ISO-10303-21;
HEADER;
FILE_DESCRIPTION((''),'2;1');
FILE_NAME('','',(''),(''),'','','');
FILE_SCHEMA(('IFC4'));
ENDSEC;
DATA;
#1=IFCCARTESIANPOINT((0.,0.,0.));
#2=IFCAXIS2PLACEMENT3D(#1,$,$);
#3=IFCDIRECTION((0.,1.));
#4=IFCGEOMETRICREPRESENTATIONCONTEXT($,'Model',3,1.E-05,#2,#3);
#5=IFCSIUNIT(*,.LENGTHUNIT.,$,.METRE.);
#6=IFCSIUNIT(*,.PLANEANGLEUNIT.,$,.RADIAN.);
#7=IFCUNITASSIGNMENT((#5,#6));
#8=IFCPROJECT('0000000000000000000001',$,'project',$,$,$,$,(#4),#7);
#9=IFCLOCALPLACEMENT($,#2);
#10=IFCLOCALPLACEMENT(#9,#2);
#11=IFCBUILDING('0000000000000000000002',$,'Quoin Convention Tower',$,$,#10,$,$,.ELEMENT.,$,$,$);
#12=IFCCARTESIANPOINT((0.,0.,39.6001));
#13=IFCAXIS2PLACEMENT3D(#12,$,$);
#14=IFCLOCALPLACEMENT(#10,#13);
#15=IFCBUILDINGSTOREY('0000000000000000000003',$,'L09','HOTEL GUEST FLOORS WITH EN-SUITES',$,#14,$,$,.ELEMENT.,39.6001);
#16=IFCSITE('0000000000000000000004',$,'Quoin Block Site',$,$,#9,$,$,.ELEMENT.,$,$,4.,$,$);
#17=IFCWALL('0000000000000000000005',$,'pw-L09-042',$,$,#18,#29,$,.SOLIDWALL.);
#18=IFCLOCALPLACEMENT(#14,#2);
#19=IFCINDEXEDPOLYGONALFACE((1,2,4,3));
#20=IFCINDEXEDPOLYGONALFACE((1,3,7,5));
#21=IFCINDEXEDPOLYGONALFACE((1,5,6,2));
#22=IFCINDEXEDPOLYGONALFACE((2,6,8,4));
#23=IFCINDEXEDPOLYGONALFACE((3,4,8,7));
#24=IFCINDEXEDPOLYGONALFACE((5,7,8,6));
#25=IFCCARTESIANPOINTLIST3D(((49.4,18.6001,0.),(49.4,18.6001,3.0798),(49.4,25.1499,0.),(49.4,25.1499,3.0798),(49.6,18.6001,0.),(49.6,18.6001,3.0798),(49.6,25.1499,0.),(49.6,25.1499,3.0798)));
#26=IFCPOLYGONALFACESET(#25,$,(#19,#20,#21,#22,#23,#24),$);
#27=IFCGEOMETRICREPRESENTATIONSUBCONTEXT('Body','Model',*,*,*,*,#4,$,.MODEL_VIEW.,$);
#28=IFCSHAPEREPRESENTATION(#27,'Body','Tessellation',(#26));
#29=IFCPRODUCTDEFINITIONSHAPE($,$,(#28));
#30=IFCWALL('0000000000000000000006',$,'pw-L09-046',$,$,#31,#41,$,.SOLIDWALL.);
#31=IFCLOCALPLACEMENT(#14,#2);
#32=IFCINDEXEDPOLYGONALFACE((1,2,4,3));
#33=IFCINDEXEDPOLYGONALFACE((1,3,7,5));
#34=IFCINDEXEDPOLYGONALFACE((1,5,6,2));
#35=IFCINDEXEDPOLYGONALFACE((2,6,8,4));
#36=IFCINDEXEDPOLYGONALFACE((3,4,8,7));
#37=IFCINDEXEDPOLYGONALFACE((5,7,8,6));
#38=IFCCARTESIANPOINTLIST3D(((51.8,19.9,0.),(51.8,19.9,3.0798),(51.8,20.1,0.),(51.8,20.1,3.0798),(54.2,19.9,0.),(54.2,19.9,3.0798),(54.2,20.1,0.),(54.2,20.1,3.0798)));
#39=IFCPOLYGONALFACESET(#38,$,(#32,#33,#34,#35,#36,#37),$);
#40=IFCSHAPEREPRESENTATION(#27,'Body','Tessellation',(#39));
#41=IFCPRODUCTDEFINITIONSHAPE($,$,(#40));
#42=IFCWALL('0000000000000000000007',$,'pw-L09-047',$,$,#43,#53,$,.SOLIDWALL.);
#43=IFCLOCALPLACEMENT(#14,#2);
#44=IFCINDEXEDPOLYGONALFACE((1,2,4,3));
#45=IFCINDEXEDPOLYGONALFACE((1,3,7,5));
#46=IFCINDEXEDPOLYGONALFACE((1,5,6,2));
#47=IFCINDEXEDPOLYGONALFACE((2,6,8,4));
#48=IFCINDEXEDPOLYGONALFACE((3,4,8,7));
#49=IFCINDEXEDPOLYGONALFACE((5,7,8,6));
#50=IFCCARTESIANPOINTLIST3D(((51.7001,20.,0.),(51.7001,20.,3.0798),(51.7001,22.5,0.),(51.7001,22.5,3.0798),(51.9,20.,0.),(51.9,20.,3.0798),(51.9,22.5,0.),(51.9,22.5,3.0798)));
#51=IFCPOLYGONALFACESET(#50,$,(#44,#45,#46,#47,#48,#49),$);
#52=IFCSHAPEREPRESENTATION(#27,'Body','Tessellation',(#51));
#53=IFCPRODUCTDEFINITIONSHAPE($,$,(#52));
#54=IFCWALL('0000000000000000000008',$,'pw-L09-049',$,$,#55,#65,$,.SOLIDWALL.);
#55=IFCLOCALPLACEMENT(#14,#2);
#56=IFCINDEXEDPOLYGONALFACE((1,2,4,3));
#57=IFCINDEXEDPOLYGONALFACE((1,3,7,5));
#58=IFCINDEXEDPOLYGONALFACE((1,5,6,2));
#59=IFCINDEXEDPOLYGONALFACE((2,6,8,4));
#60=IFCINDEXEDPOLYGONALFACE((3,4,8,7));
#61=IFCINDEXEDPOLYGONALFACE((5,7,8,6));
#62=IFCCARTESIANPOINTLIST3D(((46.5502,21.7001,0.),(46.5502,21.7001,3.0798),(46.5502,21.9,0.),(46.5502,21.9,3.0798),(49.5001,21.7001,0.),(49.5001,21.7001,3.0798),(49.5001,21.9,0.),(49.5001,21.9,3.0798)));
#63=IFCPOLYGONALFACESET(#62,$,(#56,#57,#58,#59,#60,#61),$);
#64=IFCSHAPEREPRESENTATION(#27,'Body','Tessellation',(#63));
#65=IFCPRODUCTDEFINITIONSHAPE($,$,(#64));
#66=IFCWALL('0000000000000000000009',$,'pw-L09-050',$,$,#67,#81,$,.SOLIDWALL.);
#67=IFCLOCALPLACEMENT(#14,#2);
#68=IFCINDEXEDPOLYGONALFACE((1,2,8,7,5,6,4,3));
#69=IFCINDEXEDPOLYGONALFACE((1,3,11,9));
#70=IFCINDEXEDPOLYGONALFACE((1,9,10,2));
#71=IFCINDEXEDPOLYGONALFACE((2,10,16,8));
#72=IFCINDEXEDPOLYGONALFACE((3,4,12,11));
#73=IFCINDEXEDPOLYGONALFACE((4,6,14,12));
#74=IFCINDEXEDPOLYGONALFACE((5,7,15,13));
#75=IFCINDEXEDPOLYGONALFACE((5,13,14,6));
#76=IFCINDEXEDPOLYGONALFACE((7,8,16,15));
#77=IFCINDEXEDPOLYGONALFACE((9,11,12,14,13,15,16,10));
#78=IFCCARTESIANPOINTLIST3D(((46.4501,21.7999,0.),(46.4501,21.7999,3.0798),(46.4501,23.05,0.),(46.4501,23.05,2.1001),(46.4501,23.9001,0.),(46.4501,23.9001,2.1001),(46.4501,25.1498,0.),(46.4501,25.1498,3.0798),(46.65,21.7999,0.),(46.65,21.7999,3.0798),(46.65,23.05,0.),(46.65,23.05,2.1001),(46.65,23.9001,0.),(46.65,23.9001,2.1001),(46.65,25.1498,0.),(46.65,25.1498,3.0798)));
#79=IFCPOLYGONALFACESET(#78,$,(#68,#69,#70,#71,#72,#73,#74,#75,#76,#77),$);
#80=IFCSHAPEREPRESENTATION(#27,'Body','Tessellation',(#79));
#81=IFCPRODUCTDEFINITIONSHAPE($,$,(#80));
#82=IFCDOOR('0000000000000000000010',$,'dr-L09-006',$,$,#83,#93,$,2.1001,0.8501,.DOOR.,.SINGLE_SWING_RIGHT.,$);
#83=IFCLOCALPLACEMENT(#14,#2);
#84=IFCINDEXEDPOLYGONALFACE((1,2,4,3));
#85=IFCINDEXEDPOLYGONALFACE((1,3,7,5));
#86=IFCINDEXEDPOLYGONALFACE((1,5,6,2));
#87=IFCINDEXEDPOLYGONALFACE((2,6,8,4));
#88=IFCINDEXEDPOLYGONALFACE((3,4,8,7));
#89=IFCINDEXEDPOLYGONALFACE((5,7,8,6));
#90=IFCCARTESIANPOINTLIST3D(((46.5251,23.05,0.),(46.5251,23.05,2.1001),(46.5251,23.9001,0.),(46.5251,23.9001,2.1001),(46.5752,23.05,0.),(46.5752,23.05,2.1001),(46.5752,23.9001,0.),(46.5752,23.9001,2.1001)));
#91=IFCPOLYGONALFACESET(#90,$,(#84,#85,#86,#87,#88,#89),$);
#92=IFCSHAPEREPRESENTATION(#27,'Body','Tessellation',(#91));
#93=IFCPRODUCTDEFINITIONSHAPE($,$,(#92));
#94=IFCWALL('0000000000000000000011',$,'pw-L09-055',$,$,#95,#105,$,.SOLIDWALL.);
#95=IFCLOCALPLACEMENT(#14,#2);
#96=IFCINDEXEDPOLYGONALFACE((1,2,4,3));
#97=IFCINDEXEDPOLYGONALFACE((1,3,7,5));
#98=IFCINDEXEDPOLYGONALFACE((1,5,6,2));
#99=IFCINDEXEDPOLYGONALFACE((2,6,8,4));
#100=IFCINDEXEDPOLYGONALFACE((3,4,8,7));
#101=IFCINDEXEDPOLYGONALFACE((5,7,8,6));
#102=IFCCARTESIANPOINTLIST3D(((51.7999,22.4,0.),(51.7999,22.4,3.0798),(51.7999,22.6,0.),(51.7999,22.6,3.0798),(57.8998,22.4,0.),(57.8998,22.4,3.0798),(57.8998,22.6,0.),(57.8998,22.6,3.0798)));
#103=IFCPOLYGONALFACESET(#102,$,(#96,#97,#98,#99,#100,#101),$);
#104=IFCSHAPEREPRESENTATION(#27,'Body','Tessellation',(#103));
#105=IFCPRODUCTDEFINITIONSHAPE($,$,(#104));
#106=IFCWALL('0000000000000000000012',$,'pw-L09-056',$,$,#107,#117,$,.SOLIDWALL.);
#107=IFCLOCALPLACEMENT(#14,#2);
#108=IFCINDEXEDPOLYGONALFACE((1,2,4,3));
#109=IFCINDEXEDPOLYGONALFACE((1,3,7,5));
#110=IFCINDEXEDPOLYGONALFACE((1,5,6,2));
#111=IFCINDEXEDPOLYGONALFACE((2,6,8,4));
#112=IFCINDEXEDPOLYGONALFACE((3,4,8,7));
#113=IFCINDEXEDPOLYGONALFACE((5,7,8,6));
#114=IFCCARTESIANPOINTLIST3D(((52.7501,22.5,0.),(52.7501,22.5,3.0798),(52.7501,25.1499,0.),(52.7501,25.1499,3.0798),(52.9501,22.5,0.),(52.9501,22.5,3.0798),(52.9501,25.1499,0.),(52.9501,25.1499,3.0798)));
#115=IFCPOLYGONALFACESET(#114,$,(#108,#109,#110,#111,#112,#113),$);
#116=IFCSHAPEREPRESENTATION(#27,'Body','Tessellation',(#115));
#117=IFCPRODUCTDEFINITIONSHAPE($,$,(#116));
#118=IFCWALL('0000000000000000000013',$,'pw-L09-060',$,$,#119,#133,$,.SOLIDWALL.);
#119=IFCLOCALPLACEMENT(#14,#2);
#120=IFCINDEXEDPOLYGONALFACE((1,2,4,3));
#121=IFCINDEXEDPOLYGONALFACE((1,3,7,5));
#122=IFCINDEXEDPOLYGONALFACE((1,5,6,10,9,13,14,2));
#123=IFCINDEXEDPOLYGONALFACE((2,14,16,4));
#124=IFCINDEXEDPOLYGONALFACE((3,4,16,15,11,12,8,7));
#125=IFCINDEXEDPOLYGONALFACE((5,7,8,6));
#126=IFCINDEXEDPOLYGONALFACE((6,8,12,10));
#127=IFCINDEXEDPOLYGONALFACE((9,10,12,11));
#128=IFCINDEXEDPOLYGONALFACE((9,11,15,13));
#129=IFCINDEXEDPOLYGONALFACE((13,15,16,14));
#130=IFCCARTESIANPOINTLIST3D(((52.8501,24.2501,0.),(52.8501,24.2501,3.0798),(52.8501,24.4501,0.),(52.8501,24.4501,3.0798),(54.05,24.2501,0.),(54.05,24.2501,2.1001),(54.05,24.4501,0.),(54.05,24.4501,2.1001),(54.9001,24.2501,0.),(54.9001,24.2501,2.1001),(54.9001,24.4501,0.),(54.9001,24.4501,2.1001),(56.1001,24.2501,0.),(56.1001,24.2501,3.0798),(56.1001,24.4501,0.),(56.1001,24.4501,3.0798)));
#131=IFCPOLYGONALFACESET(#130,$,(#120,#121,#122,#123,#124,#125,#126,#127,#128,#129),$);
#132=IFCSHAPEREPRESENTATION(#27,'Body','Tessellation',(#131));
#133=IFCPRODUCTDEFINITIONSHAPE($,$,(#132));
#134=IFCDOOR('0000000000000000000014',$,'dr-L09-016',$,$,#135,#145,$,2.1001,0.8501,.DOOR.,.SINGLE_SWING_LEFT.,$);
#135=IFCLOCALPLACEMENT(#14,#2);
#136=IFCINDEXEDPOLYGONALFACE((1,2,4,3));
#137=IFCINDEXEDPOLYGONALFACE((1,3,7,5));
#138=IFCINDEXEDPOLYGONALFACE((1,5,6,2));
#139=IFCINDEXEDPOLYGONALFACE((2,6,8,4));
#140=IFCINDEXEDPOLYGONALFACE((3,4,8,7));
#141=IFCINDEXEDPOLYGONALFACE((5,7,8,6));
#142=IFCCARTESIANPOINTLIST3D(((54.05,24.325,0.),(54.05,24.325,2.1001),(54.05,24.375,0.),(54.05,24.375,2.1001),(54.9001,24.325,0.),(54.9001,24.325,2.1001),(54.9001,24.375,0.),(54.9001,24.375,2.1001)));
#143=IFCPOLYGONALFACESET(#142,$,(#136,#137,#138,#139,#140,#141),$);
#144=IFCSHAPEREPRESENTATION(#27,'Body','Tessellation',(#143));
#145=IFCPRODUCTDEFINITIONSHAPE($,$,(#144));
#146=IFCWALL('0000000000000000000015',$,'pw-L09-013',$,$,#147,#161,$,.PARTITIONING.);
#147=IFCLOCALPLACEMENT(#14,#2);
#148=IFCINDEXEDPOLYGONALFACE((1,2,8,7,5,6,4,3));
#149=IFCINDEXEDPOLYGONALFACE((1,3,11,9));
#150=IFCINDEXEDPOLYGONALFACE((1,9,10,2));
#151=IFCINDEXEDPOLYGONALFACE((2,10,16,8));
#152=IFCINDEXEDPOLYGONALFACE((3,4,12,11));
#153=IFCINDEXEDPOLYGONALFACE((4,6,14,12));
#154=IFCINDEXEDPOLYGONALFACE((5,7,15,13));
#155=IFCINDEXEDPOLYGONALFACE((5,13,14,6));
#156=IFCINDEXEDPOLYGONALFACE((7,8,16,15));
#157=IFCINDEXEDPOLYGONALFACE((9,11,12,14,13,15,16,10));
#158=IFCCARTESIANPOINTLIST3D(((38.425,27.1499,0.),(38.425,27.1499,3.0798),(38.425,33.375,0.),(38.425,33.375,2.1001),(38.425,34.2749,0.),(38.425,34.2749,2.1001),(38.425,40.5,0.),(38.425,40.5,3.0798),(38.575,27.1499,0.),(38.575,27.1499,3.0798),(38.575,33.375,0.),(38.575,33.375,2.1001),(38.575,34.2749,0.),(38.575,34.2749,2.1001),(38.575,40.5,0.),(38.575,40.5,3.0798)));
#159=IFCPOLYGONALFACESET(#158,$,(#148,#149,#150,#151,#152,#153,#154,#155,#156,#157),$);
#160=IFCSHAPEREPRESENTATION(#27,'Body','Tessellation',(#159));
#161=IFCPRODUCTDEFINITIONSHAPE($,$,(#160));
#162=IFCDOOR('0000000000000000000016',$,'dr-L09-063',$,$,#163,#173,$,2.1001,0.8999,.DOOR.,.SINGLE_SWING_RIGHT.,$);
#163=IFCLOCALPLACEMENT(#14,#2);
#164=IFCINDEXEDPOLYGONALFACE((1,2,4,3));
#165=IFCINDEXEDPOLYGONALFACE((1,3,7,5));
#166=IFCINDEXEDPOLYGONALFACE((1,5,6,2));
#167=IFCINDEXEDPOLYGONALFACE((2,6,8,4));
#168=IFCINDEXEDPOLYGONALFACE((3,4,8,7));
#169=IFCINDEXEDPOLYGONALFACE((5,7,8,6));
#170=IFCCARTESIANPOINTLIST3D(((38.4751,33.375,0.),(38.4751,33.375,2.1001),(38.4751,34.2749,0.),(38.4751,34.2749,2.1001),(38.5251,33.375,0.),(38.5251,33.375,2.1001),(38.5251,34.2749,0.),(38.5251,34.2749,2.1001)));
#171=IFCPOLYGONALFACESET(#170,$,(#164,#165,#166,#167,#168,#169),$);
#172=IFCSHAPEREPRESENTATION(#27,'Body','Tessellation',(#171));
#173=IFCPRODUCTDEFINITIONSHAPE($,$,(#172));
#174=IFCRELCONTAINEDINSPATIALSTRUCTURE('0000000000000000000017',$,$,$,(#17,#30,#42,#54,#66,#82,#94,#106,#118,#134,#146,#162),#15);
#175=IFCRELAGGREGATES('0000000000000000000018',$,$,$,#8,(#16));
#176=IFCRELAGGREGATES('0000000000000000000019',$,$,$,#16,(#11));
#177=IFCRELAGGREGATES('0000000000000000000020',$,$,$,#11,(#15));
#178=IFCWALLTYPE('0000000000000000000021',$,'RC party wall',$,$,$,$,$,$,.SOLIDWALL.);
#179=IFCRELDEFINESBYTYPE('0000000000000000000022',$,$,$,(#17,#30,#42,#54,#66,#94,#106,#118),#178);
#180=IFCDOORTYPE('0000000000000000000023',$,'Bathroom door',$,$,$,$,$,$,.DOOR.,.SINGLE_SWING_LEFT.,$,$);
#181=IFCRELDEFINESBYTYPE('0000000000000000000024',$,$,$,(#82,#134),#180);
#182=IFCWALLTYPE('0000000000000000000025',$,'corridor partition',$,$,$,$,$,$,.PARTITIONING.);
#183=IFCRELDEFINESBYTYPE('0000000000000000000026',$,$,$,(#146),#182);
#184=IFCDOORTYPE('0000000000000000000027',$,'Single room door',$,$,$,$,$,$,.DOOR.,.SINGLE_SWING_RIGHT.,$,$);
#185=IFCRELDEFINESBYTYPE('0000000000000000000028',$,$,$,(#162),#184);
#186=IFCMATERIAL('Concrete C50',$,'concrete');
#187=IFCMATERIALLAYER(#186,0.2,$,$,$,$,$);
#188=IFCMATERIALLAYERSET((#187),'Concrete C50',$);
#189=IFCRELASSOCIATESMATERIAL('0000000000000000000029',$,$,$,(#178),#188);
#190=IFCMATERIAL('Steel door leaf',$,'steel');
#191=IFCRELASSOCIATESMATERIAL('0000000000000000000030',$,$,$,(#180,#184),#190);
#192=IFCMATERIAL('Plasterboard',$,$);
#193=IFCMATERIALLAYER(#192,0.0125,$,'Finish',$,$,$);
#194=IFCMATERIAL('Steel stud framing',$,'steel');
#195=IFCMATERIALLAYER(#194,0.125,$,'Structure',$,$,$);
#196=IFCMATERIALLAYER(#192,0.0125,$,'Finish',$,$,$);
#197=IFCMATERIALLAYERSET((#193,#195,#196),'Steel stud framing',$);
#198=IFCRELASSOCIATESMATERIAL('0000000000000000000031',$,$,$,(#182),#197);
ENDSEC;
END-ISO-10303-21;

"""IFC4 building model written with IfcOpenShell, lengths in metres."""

from ifc_helpers import new_model, si_unit, direction, frame, frame_2d, origin, place, context, subcontext, project, spatial, rectangle, extrude, material, layer, layer_set, type_object, element, fill, save


model = new_model("IFC4")

# Units and contexts
model_context = context("Model", 3, precision=1e-05, world=origin(), true_north=direction((0.0, 1.0)))
body_context = subcontext(model_context, "Body", "Model", "MODEL_VIEW")
ifc_project = project(units=[si_unit("LENGTHUNIT", "METRE"), si_unit("PLANEANGLEUNIT", "RADIAN")], contexts=[model_context])

# Site, building, storey
site_placement = place(None, origin())
site = spatial("IfcSite", under=ifc_project, at=site_placement, Name="Quoin Block Site", CompositionType="ELEMENT", RefElevation=4.0)
building_placement = place(site_placement, origin())
building = spatial("IfcBuilding", under=site, at=building_placement, Name="Quoin Convention Tower", CompositionType="ELEMENT")
storey_placement = place(building_placement, frame((0.0, 0.0, 39.6001)))
storey = spatial("IfcBuildingStorey", under=building, at=storey_placement, Name="L09", Description="HOTEL GUEST FLOORS WITH EN-SUITES", CompositionType="ELEMENT", Elevation=39.6001)

# Shared definitions
ifc_material_1 = material(Name="Concrete C50", Category="concrete")

# Shared definitions
ifc_material_2 = material(Name="Steel door leaf", Category="steel")

# Walls
ifc_layer_1 = layer(ifc_material_1, 0.2)
ifc_layer_set_1 = layer_set([ifc_layer_1], Name="Concrete C50")
wall_type_1 = type_object("IfcWallType", Name="RC party wall", PredefinedType="SOLIDWALL", material=ifc_layer_set_1)
for number, where, z_axis, x_axis, name in (
    (1, (49.5, 18.6001, 0.0), (0.0, 0.0, 1.0), (0.0, 1.0, 0.0), "pw-L09-042"),
):
    element("IfcWall", number, at=place(storey_placement, frame(where, z_axis=z_axis, x_axis=x_axis)), inside=storey, type_object=wall_type_1, Name=name, PredefinedType="SOLIDWALL", context=body_context, shape_type="SweptSolid", body=[
        extrude(rectangle(XDim=6.5498, YDim=0.2, at=frame_2d((3.2749, 0.0))), origin(), (0.0, 0.0, 1.0), 3.0798),
    ])
wall_1_placement = place(storey_placement, frame((51.8, 20.0, 0.0), z_axis=(0.0, 0.0, 1.0), x_axis=(1.0, 0.0, 0.0)))
element("IfcWall", 2, at=wall_1_placement, inside=storey, type_object=wall_type_1, Name="pw-L09-046", PredefinedType="SOLIDWALL", context=body_context, shape_type="SweptSolid", body=[
    extrude(rectangle(XDim=2.3999, YDim=0.2, at=frame_2d((1.2, 0.0))), origin(), (0.0, 0.0, 1.0), 3.0798),
])
wall_2_placement = place(storey_placement, frame((51.8, 20.0, 0.0), z_axis=(0.0, 0.0, 1.0), x_axis=(0.0, 1.0, 0.0)))
element("IfcWall", 3, at=wall_2_placement, inside=storey, type_object=wall_type_1, Name="pw-L09-047", PredefinedType="SOLIDWALL", context=body_context, shape_type="SweptSolid", body=[
    extrude(rectangle(XDim=2.5, YDim=0.2, at=frame_2d((1.25, 0.0))), origin(), (0.0, 0.0, 1.0), 3.0798),
])
wall_3_placement = place(storey_placement, frame((46.55, 21.8, 0.0), z_axis=(0.0, 0.0, 1.0), x_axis=(1.0, 0.0, 0.0)))
element("IfcWall", 4, at=wall_3_placement, inside=storey, type_object=wall_type_1, Name="pw-L09-049", PredefinedType="SOLIDWALL", context=body_context, shape_type="SweptSolid", body=[
    extrude(rectangle(XDim=2.95, YDim=0.2, at=frame_2d((1.4751, 0.0))), origin(), (0.0, 0.0, 1.0), 3.0798),
])

# Wall, opening, door
wall_4_placement = place(storey_placement, frame((46.55, 21.8, 0.0), z_axis=(0.0, 0.0, 1.0), x_axis=(0.0, 1.0, 0.0)))
wall_4 = element("IfcWall", 5, at=wall_4_placement, inside=storey, type_object=wall_type_1, Name="pw-L09-050", PredefinedType="SOLIDWALL", context=body_context, shape_type="SweptSolid", body=[
    extrude(rectangle(XDim=3.3499, YDim=0.2, at=frame_2d((1.6748, 0.0))), origin(), (0.0, 0.0, 1.0), 3.0798),
])
opening_1_placement = place(wall_4_placement, frame((1.25, 0.0, 0.0)))
opening_1 = element("IfcOpeningElement", 6, at=opening_1_placement, cuts=wall_4, PredefinedType="OPENING", context=body_context, shape_type="SweptSolid", body=[
    extrude(rectangle(XDim=0.8501, YDim=2.1001, at=frame_2d((0.425, 1.05))), frame((0.0, 0.1099, 0.0), z_axis=(0.0, -1.0, 0.0), x_axis=(1.0, 0.0, 0.0)), (0.0, 0.0, 1.0), 0.22),
])
door_type_1 = type_object("IfcDoorType", Name="Bathroom door", OperationType="SINGLE_SWING_LEFT", PredefinedType="DOOR", material=ifc_material_2)
door_1_placement = place(opening_1_placement, origin())
door_1 = element("IfcDoor", 7, at=door_1_placement, inside=storey, type_object=door_type_1, Name="dr-L09-006", OperationType="SINGLE_SWING_RIGHT", OverallHeight=2.1001, OverallWidth=0.8501, PredefinedType="DOOR", context=body_context, shape_type="SweptSolid", body=[
    extrude(rectangle(XDim=0.8501, YDim=2.1001, at=frame_2d((0.425, 1.05))), frame((0.0, 0.0249, 0.0), z_axis=(0.0, -1.0, 0.0), x_axis=(1.0, 0.0, 0.0)), (0.0, 0.0, 1.0), 0.05),
])
fill(opening_1, door_1)

# Walls
wall_5_placement = place(storey_placement, frame((51.8, 22.5, 0.0), z_axis=(0.0, 0.0, 1.0), x_axis=(1.0, 0.0, 0.0)))
element("IfcWall", 8, at=wall_5_placement, inside=storey, type_object=wall_type_1, Name="pw-L09-055", PredefinedType="SOLIDWALL", context=body_context, shape_type="SweptSolid", body=[
    extrude(rectangle(XDim=6.0999, YDim=0.2, at=frame_2d((3.0498, 0.0))), origin(), (0.0, 0.0, 1.0), 3.0798),
])
wall_6_placement = place(storey_placement, frame((52.8501, 22.5, 0.0), z_axis=(0.0, 0.0, 1.0), x_axis=(0.0, 1.0, 0.0)))
element("IfcWall", 9, at=wall_6_placement, inside=storey, type_object=wall_type_1, Name="pw-L09-056", PredefinedType="SOLIDWALL", context=body_context, shape_type="SweptSolid", body=[
    extrude(rectangle(XDim=2.6499, YDim=0.2, at=frame_2d((1.325, 0.0))), origin(), (0.0, 0.0, 1.0), 3.0798),
])

# Walls, openings, doors
wall_7_placement = place(storey_placement, frame((52.8501, 24.3501, 0.0), z_axis=(0.0, 0.0, 1.0), x_axis=(1.0, 0.0, 0.0)))
wall_7 = element("IfcWall", 10, at=wall_7_placement, inside=storey, type_object=wall_type_1, Name="pw-L09-060", PredefinedType="SOLIDWALL", context=body_context, shape_type="SweptSolid", body=[
    extrude(rectangle(XDim=3.25, YDim=0.2, at=frame_2d((1.625, 0.0))), origin(), (0.0, 0.0, 1.0), 3.0798),
])
opening_2_placement = place(wall_7_placement, frame((1.2, 0.0, 0.0)))
opening_2 = element("IfcOpeningElement", 11, at=opening_2_placement, cuts=wall_7, PredefinedType="OPENING", context=body_context, shape_type="SweptSolid", body=[
    extrude(rectangle(XDim=0.8501, YDim=2.1001, at=frame_2d((0.425, 1.05))), frame((0.0, 0.1099, 0.0), z_axis=(0.0, -1.0, 0.0), x_axis=(1.0, 0.0, 0.0)), (0.0, 0.0, 1.0), 0.22),
])
door_2_placement = place(opening_2_placement, origin())
door_2 = element("IfcDoor", 12, at=door_2_placement, inside=storey, type_object=door_type_1, Name="dr-L09-016", OperationType="SINGLE_SWING_LEFT", OverallHeight=2.1001, OverallWidth=0.8501, PredefinedType="DOOR", context=body_context, shape_type="SweptSolid", body=[
    extrude(rectangle(XDim=0.8501, YDim=2.1001, at=frame_2d((0.425, 1.05))), frame((0.0, 0.0249, 0.0), z_axis=(0.0, -1.0, 0.0), x_axis=(1.0, 0.0, 0.0)), (0.0, 0.0, 1.0), 0.05),
])
fill(opening_2, door_2)
ifc_material_3 = material(Name="Plasterboard")
ifc_layer_2 = layer(ifc_material_3, 0.0125, Name="Finish")
ifc_material_4 = material(Name="Steel stud framing", Category="steel")
ifc_layer_3 = layer(ifc_material_4, 0.125, Name="Structure")
ifc_layer_4 = layer(ifc_material_3, 0.0125, Name="Finish")
ifc_layer_set_2 = layer_set([ifc_layer_2, ifc_layer_3, ifc_layer_4], Name="Steel stud framing")
wall_type_2 = type_object("IfcWallType", Name="corridor partition", PredefinedType="PARTITIONING", material=ifc_layer_set_2)
wall_8_placement = place(storey_placement, frame((38.5, 27.1499, 0.0), z_axis=(0.0, 0.0, 1.0), x_axis=(0.0, 1.0, 0.0)))
wall_8 = element("IfcWall", 13, at=wall_8_placement, inside=storey, type_object=wall_type_2, Name="pw-L09-013", PredefinedType="PARTITIONING", context=body_context, shape_type="SweptSolid", body=[
    extrude(rectangle(XDim=13.3501, YDim=0.1499, at=frame_2d((6.675, 0.0))), origin(), (0.0, 0.0, 1.0), 3.0798),
])
opening_3_placement = place(wall_8_placement, frame((6.2251, 0.0, 0.0)))
opening_3 = element("IfcOpeningElement", 14, at=opening_3_placement, cuts=wall_8, PredefinedType="OPENING", context=body_context, shape_type="SweptSolid", body=[
    extrude(rectangle(XDim=0.8999, YDim=2.1001, at=frame_2d((0.45, 1.05))), frame((0.0, 0.085, 0.0), z_axis=(0.0, -1.0, 0.0), x_axis=(1.0, 0.0, 0.0)), (0.0, 0.0, 1.0), 0.1699),
])
door_type_2 = type_object("IfcDoorType", Name="Single room door", OperationType="SINGLE_SWING_RIGHT", PredefinedType="DOOR", material=ifc_material_2)
door_3_placement = place(opening_3_placement, origin())
door_3 = element("IfcDoor", 15, at=door_3_placement, inside=storey, type_object=door_type_2, Name="dr-L09-063", OperationType="SINGLE_SWING_RIGHT", OverallHeight=2.1001, OverallWidth=0.8999, PredefinedType="DOOR", context=body_context, shape_type="SweptSolid", body=[
    extrude(rectangle(XDim=0.8999, YDim=2.1001, at=frame_2d((0.45, 1.05))), frame((0.0, 0.0249, 0.0), z_axis=(0.0, -1.0, 0.0), x_axis=(1.0, 0.0, 0.0)), (0.0, 0.0, 1.0), 0.05),
])
fill(opening_3, door_3)

save(model, "model.ifc")
